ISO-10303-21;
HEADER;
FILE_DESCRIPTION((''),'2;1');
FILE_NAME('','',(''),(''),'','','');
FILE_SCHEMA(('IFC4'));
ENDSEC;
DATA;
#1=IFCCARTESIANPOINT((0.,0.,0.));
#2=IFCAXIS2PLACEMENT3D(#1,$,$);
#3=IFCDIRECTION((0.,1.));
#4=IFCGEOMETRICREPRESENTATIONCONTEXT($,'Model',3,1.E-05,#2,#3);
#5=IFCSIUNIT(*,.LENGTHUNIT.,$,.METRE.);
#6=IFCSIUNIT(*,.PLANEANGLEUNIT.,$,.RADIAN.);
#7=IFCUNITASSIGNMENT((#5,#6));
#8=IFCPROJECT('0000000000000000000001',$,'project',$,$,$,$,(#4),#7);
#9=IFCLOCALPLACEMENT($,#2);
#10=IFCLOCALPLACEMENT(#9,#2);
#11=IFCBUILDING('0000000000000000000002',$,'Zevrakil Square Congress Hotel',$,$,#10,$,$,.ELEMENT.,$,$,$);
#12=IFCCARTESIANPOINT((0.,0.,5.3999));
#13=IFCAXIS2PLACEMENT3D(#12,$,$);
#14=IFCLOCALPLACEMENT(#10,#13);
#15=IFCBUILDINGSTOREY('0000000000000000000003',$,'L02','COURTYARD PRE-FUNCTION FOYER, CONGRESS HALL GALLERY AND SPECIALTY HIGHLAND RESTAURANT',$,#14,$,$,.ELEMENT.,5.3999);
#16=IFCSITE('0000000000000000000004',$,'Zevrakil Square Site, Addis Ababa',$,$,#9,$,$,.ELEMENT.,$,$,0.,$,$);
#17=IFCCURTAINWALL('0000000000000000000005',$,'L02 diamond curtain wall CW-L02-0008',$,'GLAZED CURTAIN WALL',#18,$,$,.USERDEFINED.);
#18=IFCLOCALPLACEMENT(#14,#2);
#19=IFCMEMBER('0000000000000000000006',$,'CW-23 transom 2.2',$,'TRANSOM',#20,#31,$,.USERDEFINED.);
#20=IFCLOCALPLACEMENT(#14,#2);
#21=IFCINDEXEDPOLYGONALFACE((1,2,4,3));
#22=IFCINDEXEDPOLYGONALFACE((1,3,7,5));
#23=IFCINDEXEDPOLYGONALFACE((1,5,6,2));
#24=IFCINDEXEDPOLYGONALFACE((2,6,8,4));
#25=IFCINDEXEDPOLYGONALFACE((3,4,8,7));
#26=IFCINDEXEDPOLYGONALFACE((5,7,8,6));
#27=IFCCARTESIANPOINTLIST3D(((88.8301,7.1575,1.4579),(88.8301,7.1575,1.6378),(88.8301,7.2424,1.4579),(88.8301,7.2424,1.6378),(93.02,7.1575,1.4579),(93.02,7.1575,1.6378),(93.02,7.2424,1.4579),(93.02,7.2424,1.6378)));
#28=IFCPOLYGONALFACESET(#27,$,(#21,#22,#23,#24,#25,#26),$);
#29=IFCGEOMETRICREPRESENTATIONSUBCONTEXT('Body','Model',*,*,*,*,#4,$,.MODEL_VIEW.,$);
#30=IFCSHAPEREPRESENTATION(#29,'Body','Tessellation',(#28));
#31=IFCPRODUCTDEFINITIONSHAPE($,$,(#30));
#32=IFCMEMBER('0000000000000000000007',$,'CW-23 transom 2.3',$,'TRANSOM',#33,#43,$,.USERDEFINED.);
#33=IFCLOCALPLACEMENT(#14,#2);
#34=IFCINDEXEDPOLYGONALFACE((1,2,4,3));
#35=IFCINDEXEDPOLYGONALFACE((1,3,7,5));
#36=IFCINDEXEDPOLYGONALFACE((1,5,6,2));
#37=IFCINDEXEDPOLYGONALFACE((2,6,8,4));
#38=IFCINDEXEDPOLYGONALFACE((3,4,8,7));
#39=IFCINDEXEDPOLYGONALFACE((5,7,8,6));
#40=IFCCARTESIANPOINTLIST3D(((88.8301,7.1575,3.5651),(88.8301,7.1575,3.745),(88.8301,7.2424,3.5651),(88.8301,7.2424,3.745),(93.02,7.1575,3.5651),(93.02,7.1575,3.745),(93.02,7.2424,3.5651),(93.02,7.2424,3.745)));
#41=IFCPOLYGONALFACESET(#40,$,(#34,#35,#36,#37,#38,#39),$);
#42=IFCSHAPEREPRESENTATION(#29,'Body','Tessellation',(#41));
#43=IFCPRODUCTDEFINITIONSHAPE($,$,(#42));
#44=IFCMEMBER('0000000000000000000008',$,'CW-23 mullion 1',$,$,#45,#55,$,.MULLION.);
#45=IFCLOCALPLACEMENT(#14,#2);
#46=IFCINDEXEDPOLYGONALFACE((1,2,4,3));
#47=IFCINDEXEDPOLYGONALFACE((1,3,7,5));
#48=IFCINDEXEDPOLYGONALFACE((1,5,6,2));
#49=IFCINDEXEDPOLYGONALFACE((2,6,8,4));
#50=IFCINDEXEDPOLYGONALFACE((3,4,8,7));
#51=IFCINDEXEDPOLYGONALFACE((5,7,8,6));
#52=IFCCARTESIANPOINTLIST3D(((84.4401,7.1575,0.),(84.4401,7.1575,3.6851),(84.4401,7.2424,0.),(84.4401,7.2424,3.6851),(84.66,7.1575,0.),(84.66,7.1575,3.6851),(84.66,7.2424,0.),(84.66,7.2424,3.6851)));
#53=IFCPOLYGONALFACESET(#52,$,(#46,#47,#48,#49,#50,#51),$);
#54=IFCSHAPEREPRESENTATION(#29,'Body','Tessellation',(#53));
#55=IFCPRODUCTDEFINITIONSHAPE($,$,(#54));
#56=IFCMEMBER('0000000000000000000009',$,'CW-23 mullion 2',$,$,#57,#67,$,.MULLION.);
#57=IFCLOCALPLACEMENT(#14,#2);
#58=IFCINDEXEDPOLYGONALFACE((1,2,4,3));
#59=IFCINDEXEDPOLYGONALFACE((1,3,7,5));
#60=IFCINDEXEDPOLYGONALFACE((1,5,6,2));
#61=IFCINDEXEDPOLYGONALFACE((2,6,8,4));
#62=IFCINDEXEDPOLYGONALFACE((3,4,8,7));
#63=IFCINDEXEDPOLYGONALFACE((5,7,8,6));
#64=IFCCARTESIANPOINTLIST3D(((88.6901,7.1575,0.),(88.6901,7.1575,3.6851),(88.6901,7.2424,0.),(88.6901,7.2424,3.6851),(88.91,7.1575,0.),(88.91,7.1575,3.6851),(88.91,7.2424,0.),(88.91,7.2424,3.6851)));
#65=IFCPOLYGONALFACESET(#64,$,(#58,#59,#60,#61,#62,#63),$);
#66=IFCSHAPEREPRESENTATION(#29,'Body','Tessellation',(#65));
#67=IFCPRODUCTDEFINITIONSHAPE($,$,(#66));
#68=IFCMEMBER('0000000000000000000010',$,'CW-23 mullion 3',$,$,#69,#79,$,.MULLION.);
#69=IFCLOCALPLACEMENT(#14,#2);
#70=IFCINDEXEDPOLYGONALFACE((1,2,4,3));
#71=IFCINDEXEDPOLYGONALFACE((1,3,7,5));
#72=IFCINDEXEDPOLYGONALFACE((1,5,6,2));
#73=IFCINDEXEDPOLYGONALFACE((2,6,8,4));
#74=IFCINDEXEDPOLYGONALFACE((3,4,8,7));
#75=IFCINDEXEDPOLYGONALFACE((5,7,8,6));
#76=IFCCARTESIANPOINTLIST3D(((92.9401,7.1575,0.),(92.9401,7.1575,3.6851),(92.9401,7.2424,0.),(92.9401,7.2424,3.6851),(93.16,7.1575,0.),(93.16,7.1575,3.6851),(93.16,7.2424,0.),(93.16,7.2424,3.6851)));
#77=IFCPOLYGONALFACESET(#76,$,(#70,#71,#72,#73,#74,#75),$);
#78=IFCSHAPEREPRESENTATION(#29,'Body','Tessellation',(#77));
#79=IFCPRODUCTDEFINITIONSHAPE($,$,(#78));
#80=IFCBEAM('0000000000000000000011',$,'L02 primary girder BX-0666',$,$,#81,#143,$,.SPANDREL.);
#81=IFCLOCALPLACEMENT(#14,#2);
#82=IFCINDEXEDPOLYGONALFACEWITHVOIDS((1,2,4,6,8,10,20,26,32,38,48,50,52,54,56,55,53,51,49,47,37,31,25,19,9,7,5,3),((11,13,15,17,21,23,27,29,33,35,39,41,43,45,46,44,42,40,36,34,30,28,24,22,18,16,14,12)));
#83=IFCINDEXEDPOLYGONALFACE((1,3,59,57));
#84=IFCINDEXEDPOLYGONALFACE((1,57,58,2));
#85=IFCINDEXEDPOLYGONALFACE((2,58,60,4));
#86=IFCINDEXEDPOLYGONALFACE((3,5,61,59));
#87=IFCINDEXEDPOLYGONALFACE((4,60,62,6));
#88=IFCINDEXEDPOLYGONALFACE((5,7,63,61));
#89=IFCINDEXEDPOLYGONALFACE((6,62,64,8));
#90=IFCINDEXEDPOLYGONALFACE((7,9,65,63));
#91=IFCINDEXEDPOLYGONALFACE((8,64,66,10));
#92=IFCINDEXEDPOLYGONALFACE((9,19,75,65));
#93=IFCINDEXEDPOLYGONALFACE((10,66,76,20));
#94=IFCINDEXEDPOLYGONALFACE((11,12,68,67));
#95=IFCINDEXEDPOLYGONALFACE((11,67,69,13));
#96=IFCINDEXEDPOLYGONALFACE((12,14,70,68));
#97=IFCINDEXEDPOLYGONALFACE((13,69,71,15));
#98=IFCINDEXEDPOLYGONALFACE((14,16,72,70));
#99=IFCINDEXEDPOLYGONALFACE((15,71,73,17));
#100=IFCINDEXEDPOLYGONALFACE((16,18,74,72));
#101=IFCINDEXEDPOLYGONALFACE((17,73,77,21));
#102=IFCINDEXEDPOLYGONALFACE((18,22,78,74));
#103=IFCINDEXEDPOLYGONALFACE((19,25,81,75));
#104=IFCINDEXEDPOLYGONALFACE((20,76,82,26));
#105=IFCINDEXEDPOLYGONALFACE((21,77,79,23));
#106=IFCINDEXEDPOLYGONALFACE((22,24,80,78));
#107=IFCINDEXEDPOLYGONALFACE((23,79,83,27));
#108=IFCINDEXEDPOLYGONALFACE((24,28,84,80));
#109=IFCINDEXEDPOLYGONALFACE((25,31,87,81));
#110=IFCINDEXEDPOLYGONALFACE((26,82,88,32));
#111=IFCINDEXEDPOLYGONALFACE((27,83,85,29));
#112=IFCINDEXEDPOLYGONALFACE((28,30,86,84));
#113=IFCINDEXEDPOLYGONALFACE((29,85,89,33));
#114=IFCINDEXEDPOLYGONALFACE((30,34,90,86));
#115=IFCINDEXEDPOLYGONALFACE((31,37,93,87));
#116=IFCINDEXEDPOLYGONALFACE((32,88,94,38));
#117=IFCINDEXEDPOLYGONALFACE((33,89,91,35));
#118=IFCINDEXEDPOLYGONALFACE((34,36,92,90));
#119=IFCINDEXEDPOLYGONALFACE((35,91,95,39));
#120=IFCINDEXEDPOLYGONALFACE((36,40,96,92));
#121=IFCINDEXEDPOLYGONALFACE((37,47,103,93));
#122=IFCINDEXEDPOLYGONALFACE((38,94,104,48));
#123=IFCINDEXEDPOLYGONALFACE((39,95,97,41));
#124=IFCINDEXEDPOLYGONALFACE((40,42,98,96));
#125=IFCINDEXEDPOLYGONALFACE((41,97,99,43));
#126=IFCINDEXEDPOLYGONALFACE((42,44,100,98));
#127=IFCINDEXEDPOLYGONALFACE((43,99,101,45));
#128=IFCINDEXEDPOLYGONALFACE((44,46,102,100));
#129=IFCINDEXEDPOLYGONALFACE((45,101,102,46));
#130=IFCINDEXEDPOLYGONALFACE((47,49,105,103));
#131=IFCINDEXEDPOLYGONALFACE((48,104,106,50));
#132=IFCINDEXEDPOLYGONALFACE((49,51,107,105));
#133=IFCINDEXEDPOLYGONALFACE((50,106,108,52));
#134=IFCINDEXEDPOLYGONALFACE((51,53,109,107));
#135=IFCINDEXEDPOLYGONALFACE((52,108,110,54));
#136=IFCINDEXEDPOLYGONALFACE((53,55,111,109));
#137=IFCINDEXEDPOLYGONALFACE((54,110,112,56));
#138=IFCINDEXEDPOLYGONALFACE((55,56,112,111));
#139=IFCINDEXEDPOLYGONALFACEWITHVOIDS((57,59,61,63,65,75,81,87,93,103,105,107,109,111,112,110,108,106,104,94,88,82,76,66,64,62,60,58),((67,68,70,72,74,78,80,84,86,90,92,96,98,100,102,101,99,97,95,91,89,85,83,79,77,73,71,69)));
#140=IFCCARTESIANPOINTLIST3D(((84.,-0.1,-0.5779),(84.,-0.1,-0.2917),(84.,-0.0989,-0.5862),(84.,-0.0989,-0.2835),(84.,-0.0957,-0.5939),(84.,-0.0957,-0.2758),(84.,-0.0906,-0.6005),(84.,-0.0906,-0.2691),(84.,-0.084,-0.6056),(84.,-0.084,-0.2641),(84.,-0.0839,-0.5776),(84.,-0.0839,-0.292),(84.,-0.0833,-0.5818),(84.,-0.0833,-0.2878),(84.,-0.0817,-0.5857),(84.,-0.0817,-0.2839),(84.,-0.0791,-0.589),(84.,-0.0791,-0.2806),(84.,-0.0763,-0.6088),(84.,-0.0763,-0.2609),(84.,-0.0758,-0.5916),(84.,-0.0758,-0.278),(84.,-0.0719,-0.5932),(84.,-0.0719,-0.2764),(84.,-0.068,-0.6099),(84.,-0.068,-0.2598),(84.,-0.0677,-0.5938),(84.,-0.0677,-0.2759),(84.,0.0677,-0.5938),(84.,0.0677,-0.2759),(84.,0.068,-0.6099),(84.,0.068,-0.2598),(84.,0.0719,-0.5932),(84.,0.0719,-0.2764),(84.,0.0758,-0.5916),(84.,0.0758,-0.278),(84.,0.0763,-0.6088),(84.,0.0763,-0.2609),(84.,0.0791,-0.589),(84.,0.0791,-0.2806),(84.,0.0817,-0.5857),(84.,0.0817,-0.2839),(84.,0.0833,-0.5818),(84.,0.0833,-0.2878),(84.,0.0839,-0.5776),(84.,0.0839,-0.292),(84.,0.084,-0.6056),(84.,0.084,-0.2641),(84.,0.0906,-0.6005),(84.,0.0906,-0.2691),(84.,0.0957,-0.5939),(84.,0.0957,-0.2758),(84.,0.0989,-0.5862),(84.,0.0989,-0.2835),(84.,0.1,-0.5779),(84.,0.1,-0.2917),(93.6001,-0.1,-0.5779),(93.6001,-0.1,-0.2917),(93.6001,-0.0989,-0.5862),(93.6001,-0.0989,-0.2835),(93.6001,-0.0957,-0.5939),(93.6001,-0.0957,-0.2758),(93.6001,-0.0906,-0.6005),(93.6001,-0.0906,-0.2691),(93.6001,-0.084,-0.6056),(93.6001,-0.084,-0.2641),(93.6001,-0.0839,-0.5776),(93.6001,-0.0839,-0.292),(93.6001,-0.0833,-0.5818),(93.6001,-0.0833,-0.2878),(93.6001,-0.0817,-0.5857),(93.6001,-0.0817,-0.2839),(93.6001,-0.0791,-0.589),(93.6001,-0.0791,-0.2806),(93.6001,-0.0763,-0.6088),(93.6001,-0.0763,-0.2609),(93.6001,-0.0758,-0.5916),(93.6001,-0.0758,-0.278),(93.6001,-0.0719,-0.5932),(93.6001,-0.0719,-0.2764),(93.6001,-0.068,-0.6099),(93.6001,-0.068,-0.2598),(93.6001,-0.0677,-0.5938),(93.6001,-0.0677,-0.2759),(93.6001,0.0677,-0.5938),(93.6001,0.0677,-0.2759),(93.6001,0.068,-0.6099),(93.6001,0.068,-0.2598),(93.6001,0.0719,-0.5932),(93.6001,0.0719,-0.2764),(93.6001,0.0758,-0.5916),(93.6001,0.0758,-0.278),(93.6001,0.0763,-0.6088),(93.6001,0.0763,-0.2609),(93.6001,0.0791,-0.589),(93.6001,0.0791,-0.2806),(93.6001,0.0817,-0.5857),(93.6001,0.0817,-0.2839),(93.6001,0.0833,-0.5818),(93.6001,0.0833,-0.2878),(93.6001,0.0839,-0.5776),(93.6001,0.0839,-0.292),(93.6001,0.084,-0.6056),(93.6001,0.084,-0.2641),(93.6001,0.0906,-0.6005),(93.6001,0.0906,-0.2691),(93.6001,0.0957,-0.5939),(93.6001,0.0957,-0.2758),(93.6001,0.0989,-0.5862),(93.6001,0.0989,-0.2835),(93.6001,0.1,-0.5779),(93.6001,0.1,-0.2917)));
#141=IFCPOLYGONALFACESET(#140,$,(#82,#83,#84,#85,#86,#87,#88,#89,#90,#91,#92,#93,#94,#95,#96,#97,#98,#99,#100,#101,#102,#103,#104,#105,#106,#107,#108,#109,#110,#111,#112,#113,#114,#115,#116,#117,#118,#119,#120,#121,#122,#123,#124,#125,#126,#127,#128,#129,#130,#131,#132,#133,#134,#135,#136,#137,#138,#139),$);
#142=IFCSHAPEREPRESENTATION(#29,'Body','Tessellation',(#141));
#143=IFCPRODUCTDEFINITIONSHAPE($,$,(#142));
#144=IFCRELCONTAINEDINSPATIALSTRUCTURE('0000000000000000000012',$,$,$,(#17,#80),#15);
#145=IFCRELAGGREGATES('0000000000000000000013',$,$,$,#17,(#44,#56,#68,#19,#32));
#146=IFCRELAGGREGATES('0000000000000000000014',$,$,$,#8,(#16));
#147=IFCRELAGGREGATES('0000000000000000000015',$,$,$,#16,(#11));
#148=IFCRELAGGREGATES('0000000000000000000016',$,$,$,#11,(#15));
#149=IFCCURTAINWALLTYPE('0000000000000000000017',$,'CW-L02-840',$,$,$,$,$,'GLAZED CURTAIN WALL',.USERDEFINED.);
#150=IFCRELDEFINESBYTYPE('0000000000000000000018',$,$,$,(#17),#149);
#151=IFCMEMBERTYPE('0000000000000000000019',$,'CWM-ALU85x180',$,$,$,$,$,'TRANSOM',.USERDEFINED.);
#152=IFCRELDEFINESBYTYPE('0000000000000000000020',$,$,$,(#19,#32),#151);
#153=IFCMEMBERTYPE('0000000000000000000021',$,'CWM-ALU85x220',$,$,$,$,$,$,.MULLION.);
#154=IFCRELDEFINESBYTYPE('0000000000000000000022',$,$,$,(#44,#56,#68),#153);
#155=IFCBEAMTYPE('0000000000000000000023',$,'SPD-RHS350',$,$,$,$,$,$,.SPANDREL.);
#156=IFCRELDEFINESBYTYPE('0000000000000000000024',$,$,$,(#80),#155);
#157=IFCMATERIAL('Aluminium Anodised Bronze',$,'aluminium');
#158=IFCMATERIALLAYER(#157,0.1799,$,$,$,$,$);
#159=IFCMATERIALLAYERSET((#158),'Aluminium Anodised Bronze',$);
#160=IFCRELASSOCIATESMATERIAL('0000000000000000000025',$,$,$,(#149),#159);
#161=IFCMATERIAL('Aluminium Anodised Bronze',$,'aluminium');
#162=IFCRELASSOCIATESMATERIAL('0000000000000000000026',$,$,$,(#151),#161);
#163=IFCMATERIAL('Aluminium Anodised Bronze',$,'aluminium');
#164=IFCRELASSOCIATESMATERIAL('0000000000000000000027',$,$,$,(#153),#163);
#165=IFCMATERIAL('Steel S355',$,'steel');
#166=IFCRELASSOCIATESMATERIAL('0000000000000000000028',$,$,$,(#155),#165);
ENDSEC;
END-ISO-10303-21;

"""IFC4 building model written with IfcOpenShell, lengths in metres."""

from ifc_helpers import new_model, si_unit, direction, frame, origin, origin_2d, place, context, subcontext, project, spatial, rectangle, hollow_rectangle, extrude, material, layer, layer_set, material_profile, profile_set, type_object, element, aggregate, save


model = new_model("IFC4")

# Units and contexts
model_context = context("Model", 3, precision=1e-05, world=origin(), true_north=direction((0.0, 1.0)))
body_context = subcontext(model_context, "Body", "Model", "MODEL_VIEW")
ifc_project = project(units=[si_unit("LENGTHUNIT", "METRE"), si_unit("PLANEANGLEUNIT", "RADIAN")], contexts=[model_context])

# Site, building, storey
site_placement = place(None, origin())
site = spatial("IfcSite", under=ifc_project, at=site_placement, Name="Zevrakil Square Site, Addis Ababa", CompositionType="ELEMENT", RefElevation=0.0)
building_placement = place(site_placement, origin())
building = spatial("IfcBuilding", under=site, at=building_placement, Name="Zevrakil Square Congress Hotel", CompositionType="ELEMENT")
storey_placement = place(building_placement, frame((0.0, 0.0, 5.3999)))
storey = spatial("IfcBuildingStorey", under=building, at=storey_placement, Name="L02", Description="COURTYARD PRE-FUNCTION FOYER, CONGRESS HALL GALLERY AND SPECIALTY HIGHLAND RESTAURANT", CompositionType="ELEMENT", Elevation=5.3999)

# Curtain wall, members
ifc_material_1 = material(Name="Aluminium Anodised Bronze", Category="aluminium")
ifc_layer_1 = layer(ifc_material_1, 0.1799)
ifc_layer_set_1 = layer_set([ifc_layer_1], Name="Aluminium Anodised Bronze")
curtain_wall_type = type_object("IfcCurtainWallType", Name="CW-L02-840", ElementType="GLAZED CURTAIN WALL", PredefinedType="USERDEFINED", material=ifc_layer_set_1)
curtain_wall_placement = place(storey_placement, origin())
curtain_wall = element("IfcCurtainWall", 1, at=curtain_wall_placement, inside=storey, type_object=curtain_wall_type, Name="L02 diamond curtain wall CW-L02-0008", ObjectType="GLAZED CURTAIN WALL", PredefinedType="USERDEFINED")
ifc_material_2 = material(Name="Aluminium Anodised Bronze", Category="aluminium")
ifc_material_profile_1 = material_profile(ifc_material_2, rectangle(XDim=0.085, YDim=0.1799, at=origin_2d()), Name="ALU 85x180")
ifc_profile_set_1 = profile_set([ifc_material_profile_1], Name="Aluminium Anodised Bronze")
member_type_1 = type_object("IfcMemberType", Name="CWM-ALU85x180", ElementType="TRANSOM", PredefinedType="USERDEFINED", material=ifc_profile_set_1)
member_1_placement = place(storey_placement, frame((88.8301, 7.2, 1.5479), z_axis=(1.0, 0.0, 0.0), x_axis=(0.0, 1.0, 0.0)))
member_1 = element("IfcMember", 2, at=member_1_placement, type_object=member_type_1, Name="CW-23 transom 2.2", ObjectType="TRANSOM", PredefinedType="USERDEFINED", context=body_context, shape_type="SweptSolid", body=[
    extrude(rectangle(XDim=0.085, YDim=0.1799, at=origin_2d()), origin(), (0.0, 0.0, 1.0), 4.1899),
])
member_2_placement = place(storey_placement, frame((88.8301, 7.2, 3.655), z_axis=(1.0, 0.0, 0.0), x_axis=(0.0, 1.0, 0.0)))
member_2 = element("IfcMember", 3, at=member_2_placement, type_object=member_type_1, Name="CW-23 transom 2.3", ObjectType="TRANSOM", PredefinedType="USERDEFINED", context=body_context, shape_type="SweptSolid", body=[
    extrude(rectangle(XDim=0.085, YDim=0.1799, at=origin_2d()), origin(), (0.0, 0.0, 1.0), 4.1899),
])
ifc_material_3 = material(Name="Aluminium Anodised Bronze", Category="aluminium")
ifc_material_profile_2 = material_profile(ifc_material_3, rectangle(XDim=0.085, YDim=0.22, at=origin_2d()), Name="ALU 85x220")
ifc_profile_set_2 = profile_set([ifc_material_profile_2], Name="Aluminium Anodised Bronze")
member_type_2 = type_object("IfcMemberType", Name="CWM-ALU85x220", PredefinedType="MULLION", material=ifc_profile_set_2)
member_3_placement = place(storey_placement, frame((84.55, 7.2, 0.0), z_axis=(0.0, 0.0, 1.0), x_axis=(0.0, 1.0, 0.0)))
member_3 = element("IfcMember", 4, at=member_3_placement, type_object=member_type_2, Name="CW-23 mullion 1", PredefinedType="MULLION", context=body_context, shape_type="SweptSolid", body=[
    extrude(rectangle(XDim=0.085, YDim=0.22, at=origin_2d()), origin(), (0.0, 0.0, 1.0), 3.6851),
])
member_4_placement = place(storey_placement, frame((88.8, 7.2, 0.0), z_axis=(0.0, 0.0, 1.0), x_axis=(0.0, 1.0, 0.0)))
member_4 = element("IfcMember", 5, at=member_4_placement, type_object=member_type_2, Name="CW-23 mullion 2", PredefinedType="MULLION", context=body_context, shape_type="SweptSolid", body=[
    extrude(rectangle(XDim=0.085, YDim=0.22, at=origin_2d()), origin(), (0.0, 0.0, 1.0), 3.6851),
])
member_5_placement = place(storey_placement, frame((93.05, 7.2, 0.0), z_axis=(0.0, 0.0, 1.0), x_axis=(0.0, 1.0, 0.0)))
member_5 = element("IfcMember", 6, at=member_5_placement, type_object=member_type_2, Name="CW-23 mullion 3", PredefinedType="MULLION", context=body_context, shape_type="SweptSolid", body=[
    extrude(rectangle(XDim=0.085, YDim=0.22, at=origin_2d()), origin(), (0.0, 0.0, 1.0), 3.6851),
])

# Beam
ifc_material_4 = material(Name="Steel S355", Category="steel")
ifc_material_profile_3 = material_profile(ifc_material_4, hollow_rectangle(XDim=0.2, YDim=0.3501, WallThickness=0.0161, InnerFilletRadius=0.0161, OuterFilletRadius=0.032, at=origin_2d()), Name="RHS 350x200x16")
ifc_profile_set_3 = profile_set([ifc_material_profile_3], Name="Steel S355")
beam_type_1 = type_object("IfcBeamType", Name="SPD-RHS350", PredefinedType="SPANDREL", material=ifc_profile_set_3)
beam_1_placement = place(storey_placement, frame((84.0, 0.0, -0.4348), z_axis=(1.0, 0.0, 0.0), x_axis=(0.0, 1.0, 0.0)))
element("IfcBeam", 7, at=beam_1_placement, inside=storey, type_object=beam_type_1, Name="L02 primary girder BX-0666", PredefinedType="SPANDREL", context=body_context, shape_type="SweptSolid", body=[
    extrude(hollow_rectangle(XDim=0.2, YDim=0.3501, WallThickness=0.0161, InnerFilletRadius=0.0161, OuterFilletRadius=0.032, at=origin_2d()), origin(), (0.0, 0.0, 1.0), 9.6001),
])

aggregate(curtain_wall, [member_3, member_4, member_5, member_1, member_2])

save(model, "model.ifc")
